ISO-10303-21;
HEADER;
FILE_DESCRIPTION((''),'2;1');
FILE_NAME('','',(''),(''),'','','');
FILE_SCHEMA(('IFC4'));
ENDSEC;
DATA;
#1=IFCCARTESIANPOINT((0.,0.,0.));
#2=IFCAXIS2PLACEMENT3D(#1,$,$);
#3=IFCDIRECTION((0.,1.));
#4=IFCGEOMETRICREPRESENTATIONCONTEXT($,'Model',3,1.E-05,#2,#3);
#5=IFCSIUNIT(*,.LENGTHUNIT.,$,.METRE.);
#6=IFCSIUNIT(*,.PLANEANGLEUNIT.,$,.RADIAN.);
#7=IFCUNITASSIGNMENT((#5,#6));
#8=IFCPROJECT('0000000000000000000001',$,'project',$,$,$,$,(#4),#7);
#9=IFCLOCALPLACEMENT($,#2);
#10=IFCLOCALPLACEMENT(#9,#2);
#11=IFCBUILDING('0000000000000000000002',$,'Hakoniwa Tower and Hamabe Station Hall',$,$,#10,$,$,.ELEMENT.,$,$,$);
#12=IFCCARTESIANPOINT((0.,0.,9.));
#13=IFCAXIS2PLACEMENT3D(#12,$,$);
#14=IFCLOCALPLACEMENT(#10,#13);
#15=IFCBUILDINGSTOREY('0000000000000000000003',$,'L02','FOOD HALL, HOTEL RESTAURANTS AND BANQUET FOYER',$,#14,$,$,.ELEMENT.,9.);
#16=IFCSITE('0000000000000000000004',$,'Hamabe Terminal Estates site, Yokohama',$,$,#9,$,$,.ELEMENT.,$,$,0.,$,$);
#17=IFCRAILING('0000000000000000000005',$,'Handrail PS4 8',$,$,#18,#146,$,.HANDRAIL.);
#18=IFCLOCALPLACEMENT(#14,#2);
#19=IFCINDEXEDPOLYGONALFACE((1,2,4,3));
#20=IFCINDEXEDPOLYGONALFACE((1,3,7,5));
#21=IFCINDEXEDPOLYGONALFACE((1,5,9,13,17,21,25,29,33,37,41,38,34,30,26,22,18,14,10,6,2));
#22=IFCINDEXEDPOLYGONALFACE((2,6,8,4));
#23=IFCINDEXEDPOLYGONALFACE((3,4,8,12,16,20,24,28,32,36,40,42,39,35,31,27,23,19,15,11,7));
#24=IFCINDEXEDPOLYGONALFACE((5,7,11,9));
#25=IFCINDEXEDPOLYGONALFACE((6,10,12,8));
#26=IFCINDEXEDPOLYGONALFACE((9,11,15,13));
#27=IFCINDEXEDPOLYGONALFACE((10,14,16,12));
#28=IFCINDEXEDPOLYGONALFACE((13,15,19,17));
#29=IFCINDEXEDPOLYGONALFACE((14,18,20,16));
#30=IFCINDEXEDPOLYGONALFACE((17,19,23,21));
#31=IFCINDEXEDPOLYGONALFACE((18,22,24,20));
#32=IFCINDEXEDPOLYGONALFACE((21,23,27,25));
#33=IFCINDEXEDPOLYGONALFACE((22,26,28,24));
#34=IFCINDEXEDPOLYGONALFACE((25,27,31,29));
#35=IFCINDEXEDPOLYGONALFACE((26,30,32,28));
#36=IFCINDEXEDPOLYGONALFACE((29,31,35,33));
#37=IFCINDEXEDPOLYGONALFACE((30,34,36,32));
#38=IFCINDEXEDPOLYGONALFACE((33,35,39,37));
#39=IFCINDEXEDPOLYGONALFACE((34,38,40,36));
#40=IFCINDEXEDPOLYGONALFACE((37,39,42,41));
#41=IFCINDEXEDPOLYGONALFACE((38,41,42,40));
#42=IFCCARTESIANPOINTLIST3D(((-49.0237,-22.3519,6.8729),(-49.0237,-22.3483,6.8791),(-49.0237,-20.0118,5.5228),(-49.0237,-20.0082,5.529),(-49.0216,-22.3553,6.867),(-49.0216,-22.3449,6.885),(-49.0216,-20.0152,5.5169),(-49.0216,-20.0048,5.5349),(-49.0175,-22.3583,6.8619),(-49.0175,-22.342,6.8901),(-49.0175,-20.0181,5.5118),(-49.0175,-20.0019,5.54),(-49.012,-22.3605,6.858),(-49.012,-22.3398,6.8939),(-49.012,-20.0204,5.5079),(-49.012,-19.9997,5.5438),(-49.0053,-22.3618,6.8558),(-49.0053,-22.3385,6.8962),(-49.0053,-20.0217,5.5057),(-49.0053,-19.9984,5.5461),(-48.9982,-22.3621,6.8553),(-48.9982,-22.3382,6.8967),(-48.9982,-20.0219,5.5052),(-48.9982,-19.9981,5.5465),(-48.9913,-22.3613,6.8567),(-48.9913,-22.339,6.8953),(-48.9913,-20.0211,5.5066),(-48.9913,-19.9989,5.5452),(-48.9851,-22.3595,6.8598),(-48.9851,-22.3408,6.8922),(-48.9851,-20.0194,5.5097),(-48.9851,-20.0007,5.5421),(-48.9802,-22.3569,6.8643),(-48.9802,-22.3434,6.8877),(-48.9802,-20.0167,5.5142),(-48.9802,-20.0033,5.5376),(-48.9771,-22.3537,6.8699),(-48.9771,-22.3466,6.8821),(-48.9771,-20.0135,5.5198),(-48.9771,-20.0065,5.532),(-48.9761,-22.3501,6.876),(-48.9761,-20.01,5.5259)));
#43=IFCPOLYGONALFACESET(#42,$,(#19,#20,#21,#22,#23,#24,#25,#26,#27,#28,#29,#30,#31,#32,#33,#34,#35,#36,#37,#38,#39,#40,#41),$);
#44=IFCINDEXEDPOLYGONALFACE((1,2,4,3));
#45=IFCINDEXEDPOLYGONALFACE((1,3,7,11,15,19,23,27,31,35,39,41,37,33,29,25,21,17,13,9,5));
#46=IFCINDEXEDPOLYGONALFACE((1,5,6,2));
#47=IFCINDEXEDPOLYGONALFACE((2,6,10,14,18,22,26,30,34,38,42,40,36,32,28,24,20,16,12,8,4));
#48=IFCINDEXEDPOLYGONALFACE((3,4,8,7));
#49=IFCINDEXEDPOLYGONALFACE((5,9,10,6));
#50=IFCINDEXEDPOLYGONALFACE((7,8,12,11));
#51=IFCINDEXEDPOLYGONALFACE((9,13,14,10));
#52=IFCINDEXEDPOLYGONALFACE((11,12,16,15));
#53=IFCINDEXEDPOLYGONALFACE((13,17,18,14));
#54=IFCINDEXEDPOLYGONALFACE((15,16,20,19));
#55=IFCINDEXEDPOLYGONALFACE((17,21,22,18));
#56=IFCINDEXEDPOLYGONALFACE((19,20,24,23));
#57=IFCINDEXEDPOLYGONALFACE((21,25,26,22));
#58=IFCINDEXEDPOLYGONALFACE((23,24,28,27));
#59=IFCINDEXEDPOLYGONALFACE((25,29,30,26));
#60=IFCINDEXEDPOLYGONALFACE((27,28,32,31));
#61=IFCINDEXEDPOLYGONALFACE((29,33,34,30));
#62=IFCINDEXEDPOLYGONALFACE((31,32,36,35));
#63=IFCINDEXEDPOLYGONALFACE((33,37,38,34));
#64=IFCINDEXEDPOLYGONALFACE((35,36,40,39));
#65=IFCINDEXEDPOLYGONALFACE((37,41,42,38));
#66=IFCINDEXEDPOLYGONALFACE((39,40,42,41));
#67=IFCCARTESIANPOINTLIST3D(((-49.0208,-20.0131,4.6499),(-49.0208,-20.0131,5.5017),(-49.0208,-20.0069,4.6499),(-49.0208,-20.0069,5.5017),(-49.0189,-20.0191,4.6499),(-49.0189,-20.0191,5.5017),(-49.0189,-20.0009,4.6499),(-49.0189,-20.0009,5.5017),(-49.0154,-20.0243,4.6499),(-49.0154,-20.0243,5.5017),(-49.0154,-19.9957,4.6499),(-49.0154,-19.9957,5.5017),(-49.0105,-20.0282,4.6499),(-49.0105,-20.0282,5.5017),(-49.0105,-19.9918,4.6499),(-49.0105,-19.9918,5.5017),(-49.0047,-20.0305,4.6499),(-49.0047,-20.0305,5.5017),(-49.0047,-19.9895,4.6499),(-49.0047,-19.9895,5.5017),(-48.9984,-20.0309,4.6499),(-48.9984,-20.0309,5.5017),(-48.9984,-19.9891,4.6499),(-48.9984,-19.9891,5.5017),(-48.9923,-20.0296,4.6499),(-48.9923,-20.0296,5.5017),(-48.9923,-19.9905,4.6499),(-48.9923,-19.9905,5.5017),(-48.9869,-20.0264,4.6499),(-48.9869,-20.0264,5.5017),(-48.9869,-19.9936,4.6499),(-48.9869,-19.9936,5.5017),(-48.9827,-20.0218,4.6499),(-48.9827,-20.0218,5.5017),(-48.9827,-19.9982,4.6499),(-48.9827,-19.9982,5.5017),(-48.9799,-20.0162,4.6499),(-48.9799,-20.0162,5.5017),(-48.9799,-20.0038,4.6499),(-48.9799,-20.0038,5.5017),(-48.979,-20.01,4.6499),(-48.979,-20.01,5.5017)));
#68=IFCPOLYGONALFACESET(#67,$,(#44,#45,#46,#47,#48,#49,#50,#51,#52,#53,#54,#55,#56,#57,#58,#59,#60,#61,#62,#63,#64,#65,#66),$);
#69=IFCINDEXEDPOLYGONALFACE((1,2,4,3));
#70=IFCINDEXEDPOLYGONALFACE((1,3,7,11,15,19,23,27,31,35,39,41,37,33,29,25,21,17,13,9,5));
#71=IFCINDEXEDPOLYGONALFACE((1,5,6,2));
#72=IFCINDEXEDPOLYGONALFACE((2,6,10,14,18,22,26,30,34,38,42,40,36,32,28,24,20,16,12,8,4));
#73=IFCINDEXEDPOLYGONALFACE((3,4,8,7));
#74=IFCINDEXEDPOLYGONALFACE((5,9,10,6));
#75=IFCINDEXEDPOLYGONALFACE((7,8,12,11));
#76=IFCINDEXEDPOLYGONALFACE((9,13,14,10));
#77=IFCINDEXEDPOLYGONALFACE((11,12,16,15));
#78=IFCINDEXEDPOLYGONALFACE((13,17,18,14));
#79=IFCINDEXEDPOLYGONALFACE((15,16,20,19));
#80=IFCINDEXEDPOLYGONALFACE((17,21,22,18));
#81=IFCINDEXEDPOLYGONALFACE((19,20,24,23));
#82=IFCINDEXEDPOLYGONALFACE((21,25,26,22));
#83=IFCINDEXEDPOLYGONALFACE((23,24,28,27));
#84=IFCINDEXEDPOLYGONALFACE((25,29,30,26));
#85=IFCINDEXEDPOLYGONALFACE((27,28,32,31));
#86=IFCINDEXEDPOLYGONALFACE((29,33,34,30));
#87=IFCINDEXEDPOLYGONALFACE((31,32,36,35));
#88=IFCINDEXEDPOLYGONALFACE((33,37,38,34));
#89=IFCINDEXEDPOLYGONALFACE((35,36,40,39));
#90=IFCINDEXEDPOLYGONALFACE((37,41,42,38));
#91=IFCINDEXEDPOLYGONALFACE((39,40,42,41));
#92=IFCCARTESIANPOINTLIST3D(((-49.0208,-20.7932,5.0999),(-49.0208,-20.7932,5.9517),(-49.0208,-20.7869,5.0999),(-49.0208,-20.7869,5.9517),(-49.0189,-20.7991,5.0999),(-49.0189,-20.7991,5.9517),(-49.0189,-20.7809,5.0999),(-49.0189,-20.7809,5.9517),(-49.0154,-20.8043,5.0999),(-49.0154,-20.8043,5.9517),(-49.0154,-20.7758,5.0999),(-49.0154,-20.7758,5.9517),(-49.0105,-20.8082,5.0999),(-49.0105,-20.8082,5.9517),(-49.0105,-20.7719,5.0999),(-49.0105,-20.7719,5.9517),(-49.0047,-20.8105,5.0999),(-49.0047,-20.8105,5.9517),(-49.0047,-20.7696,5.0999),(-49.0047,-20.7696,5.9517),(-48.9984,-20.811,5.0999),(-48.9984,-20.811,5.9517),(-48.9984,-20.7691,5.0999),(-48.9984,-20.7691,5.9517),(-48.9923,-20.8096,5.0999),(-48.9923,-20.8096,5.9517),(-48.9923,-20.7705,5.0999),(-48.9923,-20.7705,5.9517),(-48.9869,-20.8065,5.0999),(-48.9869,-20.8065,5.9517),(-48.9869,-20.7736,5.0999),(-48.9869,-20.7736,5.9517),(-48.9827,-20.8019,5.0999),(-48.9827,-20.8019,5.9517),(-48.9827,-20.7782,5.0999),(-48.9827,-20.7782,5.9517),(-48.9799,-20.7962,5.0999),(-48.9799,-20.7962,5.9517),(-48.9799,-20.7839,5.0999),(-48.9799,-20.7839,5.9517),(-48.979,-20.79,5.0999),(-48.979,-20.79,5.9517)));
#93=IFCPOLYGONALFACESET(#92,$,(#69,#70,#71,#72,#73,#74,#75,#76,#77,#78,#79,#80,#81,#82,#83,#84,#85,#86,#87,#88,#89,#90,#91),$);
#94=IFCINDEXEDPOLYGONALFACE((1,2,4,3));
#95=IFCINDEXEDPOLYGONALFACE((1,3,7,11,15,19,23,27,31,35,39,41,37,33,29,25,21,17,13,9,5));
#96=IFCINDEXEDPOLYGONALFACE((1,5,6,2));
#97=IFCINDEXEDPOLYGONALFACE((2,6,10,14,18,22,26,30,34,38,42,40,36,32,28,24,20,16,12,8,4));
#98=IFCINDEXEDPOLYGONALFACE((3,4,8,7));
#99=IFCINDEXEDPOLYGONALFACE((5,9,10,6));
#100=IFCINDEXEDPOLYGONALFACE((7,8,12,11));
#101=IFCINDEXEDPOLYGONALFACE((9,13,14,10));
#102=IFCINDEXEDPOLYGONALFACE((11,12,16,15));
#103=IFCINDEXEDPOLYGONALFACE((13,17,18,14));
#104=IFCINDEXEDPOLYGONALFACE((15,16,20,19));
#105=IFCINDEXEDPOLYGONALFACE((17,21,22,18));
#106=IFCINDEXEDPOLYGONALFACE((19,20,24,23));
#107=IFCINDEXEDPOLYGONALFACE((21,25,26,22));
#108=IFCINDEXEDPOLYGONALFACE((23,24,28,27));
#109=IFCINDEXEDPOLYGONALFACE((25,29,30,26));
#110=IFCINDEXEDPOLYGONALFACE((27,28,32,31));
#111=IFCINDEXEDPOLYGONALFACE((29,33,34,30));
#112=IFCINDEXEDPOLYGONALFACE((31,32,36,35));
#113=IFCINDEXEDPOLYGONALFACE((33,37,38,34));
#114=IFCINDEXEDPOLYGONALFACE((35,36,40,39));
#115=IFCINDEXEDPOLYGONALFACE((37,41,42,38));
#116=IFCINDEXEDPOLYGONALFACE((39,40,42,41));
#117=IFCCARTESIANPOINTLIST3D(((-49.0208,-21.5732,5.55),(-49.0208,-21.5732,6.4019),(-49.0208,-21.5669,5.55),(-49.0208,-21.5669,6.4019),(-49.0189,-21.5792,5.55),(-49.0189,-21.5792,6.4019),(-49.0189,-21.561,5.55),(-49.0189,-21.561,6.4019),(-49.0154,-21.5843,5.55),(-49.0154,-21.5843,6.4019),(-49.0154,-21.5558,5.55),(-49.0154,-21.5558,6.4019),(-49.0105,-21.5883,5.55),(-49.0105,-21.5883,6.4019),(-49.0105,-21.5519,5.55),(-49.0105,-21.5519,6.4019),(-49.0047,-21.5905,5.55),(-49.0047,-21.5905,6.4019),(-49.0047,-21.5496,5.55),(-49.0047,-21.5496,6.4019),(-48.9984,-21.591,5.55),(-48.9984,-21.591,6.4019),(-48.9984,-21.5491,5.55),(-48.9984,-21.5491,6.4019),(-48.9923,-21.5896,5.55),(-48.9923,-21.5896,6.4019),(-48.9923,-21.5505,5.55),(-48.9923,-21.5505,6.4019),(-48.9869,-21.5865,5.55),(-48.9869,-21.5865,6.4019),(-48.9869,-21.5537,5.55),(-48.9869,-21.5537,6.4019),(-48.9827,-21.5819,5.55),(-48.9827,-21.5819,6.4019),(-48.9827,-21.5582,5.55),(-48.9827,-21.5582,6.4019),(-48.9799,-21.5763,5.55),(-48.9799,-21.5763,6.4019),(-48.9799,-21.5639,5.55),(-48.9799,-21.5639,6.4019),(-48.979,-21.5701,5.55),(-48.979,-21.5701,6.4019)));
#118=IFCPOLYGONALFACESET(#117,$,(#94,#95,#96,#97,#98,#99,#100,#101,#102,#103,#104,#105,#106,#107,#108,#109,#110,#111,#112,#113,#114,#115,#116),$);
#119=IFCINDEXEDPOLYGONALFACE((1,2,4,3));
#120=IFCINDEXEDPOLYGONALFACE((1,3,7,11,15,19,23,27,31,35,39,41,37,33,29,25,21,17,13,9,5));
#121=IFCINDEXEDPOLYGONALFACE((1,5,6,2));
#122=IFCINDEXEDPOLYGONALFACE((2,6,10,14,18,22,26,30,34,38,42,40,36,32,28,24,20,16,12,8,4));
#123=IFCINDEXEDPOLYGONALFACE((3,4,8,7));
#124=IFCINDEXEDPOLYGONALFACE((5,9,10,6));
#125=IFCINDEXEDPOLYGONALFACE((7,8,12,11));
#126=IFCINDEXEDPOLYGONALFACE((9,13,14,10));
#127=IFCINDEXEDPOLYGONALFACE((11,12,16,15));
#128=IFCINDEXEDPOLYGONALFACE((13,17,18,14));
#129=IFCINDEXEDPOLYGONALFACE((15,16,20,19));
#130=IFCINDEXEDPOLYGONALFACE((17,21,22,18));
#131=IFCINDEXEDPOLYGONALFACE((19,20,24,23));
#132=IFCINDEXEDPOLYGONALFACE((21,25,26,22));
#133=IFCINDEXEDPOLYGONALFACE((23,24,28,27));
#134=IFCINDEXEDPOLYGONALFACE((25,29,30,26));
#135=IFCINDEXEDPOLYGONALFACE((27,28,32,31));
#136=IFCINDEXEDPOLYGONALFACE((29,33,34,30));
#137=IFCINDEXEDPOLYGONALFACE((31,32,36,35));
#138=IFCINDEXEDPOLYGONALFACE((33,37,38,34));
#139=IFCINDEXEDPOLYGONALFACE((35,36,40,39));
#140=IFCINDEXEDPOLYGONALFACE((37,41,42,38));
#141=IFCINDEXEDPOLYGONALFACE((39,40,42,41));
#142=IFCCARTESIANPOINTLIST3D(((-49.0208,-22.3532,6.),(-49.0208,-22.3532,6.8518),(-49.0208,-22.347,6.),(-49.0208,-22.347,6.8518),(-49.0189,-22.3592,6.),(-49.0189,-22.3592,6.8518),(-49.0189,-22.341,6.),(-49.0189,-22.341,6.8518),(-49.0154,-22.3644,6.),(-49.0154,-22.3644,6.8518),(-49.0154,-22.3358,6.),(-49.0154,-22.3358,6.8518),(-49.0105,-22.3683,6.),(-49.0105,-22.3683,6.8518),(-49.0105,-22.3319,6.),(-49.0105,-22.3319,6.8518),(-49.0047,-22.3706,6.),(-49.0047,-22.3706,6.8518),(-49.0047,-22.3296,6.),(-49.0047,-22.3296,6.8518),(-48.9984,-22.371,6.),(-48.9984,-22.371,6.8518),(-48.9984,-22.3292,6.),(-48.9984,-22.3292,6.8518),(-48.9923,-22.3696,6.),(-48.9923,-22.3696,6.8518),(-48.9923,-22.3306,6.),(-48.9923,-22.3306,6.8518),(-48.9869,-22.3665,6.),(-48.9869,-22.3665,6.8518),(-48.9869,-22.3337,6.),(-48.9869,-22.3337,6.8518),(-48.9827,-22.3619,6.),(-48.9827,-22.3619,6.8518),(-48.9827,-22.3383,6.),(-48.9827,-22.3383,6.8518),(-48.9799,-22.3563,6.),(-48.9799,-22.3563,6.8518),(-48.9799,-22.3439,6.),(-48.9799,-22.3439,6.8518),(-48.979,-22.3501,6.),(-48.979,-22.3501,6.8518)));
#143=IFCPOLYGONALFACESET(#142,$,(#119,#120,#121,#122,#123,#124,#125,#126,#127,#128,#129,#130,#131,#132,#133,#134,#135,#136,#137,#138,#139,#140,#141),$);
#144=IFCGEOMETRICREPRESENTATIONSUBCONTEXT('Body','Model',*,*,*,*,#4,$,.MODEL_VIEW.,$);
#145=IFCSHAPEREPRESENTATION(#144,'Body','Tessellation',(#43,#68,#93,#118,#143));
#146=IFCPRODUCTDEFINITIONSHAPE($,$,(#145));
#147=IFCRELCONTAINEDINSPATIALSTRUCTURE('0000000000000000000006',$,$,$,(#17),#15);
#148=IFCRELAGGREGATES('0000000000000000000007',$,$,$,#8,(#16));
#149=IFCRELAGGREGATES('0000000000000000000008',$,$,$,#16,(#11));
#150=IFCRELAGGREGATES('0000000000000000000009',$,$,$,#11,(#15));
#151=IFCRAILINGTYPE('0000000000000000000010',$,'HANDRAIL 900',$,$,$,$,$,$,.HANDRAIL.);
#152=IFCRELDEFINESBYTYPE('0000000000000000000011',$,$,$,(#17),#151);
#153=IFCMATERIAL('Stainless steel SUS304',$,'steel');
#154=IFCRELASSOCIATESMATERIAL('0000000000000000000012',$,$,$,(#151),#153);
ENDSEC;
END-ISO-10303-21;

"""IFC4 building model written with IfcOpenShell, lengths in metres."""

from ifc_helpers import new_model, si_unit, direction, frame, origin, origin_2d, place, context, subcontext, project, spatial, circle, extrude, material, type_object, element, save


model = new_model("IFC4")

# Units and contexts
model_context = context("Model", 3, precision=1e-05, world=origin(), true_north=direction((0.0, 1.0)))
body_context = subcontext(model_context, "Body", "Model", "MODEL_VIEW")
ifc_project = project(units=[si_unit("LENGTHUNIT", "METRE"), si_unit("PLANEANGLEUNIT", "RADIAN")], contexts=[model_context])

# Site, building, storey
site_placement = place(None, origin())
site = spatial("IfcSite", under=ifc_project, at=site_placement, Name="Hamabe Terminal Estates site, Yokohama", CompositionType="ELEMENT", RefElevation=0.0)
building_placement = place(site_placement, origin())
building = spatial("IfcBuilding", under=site, at=building_placement, Name="Hakoniwa Tower and Hamabe Station Hall", CompositionType="ELEMENT")
storey_placement = place(building_placement, frame((0.0, 0.0, 9.0)))
storey = spatial("IfcBuildingStorey", under=building, at=storey_placement, Name="L02", Description="FOOD HALL, HOTEL RESTAURANTS AND BANQUET FOYER", CompositionType="ELEMENT", Elevation=9.0)

# Railing
ifc_material_1 = material(Name="Stainless steel SUS304", Category="steel")
railing_type_1 = type_object("IfcRailingType", Name="HANDRAIL 900", PredefinedType="HANDRAIL", material=ifc_material_1)
for number, where, name in (
    (1, (-49.0, -20.01, 4.6499), "Handrail PS4 8"),
):
    element("IfcRailing", number, at=place(storey_placement, frame(where)), inside=storey, type_object=railing_type_1, Name=name, PredefinedType="HANDRAIL", context=body_context, shape_type="SweptSolid", body=[
        extrude(circle(Radius=0.0239, at=origin_2d()), frame((0.0, 0.0, 0.876), z_axis=(0.0, -0.866178, 0.499735), x_axis=(1.0, 0.0, 0.0)), (0.0, 0.0, 1.0), 2.7017),
        extrude(circle(Radius=0.021, at=origin_2d()), origin(), (0.0, 0.0, 1.0), 0.8518),
        extrude(circle(Radius=0.021, at=origin_2d()), frame((0.0, -0.78, 0.45)), (0.0, 0.0, 1.0), 0.8518),
        extrude(circle(Radius=0.021, at=origin_2d()), frame((0.0, -1.5601, 0.9001)), (0.0, 0.0, 1.0), 0.8518),
        extrude(circle(Radius=0.021, at=origin_2d()), frame((0.0, -2.3401, 1.3501)), (0.0, 0.0, 1.0), 0.8518),
    ])

save(model, "model.ifc")
